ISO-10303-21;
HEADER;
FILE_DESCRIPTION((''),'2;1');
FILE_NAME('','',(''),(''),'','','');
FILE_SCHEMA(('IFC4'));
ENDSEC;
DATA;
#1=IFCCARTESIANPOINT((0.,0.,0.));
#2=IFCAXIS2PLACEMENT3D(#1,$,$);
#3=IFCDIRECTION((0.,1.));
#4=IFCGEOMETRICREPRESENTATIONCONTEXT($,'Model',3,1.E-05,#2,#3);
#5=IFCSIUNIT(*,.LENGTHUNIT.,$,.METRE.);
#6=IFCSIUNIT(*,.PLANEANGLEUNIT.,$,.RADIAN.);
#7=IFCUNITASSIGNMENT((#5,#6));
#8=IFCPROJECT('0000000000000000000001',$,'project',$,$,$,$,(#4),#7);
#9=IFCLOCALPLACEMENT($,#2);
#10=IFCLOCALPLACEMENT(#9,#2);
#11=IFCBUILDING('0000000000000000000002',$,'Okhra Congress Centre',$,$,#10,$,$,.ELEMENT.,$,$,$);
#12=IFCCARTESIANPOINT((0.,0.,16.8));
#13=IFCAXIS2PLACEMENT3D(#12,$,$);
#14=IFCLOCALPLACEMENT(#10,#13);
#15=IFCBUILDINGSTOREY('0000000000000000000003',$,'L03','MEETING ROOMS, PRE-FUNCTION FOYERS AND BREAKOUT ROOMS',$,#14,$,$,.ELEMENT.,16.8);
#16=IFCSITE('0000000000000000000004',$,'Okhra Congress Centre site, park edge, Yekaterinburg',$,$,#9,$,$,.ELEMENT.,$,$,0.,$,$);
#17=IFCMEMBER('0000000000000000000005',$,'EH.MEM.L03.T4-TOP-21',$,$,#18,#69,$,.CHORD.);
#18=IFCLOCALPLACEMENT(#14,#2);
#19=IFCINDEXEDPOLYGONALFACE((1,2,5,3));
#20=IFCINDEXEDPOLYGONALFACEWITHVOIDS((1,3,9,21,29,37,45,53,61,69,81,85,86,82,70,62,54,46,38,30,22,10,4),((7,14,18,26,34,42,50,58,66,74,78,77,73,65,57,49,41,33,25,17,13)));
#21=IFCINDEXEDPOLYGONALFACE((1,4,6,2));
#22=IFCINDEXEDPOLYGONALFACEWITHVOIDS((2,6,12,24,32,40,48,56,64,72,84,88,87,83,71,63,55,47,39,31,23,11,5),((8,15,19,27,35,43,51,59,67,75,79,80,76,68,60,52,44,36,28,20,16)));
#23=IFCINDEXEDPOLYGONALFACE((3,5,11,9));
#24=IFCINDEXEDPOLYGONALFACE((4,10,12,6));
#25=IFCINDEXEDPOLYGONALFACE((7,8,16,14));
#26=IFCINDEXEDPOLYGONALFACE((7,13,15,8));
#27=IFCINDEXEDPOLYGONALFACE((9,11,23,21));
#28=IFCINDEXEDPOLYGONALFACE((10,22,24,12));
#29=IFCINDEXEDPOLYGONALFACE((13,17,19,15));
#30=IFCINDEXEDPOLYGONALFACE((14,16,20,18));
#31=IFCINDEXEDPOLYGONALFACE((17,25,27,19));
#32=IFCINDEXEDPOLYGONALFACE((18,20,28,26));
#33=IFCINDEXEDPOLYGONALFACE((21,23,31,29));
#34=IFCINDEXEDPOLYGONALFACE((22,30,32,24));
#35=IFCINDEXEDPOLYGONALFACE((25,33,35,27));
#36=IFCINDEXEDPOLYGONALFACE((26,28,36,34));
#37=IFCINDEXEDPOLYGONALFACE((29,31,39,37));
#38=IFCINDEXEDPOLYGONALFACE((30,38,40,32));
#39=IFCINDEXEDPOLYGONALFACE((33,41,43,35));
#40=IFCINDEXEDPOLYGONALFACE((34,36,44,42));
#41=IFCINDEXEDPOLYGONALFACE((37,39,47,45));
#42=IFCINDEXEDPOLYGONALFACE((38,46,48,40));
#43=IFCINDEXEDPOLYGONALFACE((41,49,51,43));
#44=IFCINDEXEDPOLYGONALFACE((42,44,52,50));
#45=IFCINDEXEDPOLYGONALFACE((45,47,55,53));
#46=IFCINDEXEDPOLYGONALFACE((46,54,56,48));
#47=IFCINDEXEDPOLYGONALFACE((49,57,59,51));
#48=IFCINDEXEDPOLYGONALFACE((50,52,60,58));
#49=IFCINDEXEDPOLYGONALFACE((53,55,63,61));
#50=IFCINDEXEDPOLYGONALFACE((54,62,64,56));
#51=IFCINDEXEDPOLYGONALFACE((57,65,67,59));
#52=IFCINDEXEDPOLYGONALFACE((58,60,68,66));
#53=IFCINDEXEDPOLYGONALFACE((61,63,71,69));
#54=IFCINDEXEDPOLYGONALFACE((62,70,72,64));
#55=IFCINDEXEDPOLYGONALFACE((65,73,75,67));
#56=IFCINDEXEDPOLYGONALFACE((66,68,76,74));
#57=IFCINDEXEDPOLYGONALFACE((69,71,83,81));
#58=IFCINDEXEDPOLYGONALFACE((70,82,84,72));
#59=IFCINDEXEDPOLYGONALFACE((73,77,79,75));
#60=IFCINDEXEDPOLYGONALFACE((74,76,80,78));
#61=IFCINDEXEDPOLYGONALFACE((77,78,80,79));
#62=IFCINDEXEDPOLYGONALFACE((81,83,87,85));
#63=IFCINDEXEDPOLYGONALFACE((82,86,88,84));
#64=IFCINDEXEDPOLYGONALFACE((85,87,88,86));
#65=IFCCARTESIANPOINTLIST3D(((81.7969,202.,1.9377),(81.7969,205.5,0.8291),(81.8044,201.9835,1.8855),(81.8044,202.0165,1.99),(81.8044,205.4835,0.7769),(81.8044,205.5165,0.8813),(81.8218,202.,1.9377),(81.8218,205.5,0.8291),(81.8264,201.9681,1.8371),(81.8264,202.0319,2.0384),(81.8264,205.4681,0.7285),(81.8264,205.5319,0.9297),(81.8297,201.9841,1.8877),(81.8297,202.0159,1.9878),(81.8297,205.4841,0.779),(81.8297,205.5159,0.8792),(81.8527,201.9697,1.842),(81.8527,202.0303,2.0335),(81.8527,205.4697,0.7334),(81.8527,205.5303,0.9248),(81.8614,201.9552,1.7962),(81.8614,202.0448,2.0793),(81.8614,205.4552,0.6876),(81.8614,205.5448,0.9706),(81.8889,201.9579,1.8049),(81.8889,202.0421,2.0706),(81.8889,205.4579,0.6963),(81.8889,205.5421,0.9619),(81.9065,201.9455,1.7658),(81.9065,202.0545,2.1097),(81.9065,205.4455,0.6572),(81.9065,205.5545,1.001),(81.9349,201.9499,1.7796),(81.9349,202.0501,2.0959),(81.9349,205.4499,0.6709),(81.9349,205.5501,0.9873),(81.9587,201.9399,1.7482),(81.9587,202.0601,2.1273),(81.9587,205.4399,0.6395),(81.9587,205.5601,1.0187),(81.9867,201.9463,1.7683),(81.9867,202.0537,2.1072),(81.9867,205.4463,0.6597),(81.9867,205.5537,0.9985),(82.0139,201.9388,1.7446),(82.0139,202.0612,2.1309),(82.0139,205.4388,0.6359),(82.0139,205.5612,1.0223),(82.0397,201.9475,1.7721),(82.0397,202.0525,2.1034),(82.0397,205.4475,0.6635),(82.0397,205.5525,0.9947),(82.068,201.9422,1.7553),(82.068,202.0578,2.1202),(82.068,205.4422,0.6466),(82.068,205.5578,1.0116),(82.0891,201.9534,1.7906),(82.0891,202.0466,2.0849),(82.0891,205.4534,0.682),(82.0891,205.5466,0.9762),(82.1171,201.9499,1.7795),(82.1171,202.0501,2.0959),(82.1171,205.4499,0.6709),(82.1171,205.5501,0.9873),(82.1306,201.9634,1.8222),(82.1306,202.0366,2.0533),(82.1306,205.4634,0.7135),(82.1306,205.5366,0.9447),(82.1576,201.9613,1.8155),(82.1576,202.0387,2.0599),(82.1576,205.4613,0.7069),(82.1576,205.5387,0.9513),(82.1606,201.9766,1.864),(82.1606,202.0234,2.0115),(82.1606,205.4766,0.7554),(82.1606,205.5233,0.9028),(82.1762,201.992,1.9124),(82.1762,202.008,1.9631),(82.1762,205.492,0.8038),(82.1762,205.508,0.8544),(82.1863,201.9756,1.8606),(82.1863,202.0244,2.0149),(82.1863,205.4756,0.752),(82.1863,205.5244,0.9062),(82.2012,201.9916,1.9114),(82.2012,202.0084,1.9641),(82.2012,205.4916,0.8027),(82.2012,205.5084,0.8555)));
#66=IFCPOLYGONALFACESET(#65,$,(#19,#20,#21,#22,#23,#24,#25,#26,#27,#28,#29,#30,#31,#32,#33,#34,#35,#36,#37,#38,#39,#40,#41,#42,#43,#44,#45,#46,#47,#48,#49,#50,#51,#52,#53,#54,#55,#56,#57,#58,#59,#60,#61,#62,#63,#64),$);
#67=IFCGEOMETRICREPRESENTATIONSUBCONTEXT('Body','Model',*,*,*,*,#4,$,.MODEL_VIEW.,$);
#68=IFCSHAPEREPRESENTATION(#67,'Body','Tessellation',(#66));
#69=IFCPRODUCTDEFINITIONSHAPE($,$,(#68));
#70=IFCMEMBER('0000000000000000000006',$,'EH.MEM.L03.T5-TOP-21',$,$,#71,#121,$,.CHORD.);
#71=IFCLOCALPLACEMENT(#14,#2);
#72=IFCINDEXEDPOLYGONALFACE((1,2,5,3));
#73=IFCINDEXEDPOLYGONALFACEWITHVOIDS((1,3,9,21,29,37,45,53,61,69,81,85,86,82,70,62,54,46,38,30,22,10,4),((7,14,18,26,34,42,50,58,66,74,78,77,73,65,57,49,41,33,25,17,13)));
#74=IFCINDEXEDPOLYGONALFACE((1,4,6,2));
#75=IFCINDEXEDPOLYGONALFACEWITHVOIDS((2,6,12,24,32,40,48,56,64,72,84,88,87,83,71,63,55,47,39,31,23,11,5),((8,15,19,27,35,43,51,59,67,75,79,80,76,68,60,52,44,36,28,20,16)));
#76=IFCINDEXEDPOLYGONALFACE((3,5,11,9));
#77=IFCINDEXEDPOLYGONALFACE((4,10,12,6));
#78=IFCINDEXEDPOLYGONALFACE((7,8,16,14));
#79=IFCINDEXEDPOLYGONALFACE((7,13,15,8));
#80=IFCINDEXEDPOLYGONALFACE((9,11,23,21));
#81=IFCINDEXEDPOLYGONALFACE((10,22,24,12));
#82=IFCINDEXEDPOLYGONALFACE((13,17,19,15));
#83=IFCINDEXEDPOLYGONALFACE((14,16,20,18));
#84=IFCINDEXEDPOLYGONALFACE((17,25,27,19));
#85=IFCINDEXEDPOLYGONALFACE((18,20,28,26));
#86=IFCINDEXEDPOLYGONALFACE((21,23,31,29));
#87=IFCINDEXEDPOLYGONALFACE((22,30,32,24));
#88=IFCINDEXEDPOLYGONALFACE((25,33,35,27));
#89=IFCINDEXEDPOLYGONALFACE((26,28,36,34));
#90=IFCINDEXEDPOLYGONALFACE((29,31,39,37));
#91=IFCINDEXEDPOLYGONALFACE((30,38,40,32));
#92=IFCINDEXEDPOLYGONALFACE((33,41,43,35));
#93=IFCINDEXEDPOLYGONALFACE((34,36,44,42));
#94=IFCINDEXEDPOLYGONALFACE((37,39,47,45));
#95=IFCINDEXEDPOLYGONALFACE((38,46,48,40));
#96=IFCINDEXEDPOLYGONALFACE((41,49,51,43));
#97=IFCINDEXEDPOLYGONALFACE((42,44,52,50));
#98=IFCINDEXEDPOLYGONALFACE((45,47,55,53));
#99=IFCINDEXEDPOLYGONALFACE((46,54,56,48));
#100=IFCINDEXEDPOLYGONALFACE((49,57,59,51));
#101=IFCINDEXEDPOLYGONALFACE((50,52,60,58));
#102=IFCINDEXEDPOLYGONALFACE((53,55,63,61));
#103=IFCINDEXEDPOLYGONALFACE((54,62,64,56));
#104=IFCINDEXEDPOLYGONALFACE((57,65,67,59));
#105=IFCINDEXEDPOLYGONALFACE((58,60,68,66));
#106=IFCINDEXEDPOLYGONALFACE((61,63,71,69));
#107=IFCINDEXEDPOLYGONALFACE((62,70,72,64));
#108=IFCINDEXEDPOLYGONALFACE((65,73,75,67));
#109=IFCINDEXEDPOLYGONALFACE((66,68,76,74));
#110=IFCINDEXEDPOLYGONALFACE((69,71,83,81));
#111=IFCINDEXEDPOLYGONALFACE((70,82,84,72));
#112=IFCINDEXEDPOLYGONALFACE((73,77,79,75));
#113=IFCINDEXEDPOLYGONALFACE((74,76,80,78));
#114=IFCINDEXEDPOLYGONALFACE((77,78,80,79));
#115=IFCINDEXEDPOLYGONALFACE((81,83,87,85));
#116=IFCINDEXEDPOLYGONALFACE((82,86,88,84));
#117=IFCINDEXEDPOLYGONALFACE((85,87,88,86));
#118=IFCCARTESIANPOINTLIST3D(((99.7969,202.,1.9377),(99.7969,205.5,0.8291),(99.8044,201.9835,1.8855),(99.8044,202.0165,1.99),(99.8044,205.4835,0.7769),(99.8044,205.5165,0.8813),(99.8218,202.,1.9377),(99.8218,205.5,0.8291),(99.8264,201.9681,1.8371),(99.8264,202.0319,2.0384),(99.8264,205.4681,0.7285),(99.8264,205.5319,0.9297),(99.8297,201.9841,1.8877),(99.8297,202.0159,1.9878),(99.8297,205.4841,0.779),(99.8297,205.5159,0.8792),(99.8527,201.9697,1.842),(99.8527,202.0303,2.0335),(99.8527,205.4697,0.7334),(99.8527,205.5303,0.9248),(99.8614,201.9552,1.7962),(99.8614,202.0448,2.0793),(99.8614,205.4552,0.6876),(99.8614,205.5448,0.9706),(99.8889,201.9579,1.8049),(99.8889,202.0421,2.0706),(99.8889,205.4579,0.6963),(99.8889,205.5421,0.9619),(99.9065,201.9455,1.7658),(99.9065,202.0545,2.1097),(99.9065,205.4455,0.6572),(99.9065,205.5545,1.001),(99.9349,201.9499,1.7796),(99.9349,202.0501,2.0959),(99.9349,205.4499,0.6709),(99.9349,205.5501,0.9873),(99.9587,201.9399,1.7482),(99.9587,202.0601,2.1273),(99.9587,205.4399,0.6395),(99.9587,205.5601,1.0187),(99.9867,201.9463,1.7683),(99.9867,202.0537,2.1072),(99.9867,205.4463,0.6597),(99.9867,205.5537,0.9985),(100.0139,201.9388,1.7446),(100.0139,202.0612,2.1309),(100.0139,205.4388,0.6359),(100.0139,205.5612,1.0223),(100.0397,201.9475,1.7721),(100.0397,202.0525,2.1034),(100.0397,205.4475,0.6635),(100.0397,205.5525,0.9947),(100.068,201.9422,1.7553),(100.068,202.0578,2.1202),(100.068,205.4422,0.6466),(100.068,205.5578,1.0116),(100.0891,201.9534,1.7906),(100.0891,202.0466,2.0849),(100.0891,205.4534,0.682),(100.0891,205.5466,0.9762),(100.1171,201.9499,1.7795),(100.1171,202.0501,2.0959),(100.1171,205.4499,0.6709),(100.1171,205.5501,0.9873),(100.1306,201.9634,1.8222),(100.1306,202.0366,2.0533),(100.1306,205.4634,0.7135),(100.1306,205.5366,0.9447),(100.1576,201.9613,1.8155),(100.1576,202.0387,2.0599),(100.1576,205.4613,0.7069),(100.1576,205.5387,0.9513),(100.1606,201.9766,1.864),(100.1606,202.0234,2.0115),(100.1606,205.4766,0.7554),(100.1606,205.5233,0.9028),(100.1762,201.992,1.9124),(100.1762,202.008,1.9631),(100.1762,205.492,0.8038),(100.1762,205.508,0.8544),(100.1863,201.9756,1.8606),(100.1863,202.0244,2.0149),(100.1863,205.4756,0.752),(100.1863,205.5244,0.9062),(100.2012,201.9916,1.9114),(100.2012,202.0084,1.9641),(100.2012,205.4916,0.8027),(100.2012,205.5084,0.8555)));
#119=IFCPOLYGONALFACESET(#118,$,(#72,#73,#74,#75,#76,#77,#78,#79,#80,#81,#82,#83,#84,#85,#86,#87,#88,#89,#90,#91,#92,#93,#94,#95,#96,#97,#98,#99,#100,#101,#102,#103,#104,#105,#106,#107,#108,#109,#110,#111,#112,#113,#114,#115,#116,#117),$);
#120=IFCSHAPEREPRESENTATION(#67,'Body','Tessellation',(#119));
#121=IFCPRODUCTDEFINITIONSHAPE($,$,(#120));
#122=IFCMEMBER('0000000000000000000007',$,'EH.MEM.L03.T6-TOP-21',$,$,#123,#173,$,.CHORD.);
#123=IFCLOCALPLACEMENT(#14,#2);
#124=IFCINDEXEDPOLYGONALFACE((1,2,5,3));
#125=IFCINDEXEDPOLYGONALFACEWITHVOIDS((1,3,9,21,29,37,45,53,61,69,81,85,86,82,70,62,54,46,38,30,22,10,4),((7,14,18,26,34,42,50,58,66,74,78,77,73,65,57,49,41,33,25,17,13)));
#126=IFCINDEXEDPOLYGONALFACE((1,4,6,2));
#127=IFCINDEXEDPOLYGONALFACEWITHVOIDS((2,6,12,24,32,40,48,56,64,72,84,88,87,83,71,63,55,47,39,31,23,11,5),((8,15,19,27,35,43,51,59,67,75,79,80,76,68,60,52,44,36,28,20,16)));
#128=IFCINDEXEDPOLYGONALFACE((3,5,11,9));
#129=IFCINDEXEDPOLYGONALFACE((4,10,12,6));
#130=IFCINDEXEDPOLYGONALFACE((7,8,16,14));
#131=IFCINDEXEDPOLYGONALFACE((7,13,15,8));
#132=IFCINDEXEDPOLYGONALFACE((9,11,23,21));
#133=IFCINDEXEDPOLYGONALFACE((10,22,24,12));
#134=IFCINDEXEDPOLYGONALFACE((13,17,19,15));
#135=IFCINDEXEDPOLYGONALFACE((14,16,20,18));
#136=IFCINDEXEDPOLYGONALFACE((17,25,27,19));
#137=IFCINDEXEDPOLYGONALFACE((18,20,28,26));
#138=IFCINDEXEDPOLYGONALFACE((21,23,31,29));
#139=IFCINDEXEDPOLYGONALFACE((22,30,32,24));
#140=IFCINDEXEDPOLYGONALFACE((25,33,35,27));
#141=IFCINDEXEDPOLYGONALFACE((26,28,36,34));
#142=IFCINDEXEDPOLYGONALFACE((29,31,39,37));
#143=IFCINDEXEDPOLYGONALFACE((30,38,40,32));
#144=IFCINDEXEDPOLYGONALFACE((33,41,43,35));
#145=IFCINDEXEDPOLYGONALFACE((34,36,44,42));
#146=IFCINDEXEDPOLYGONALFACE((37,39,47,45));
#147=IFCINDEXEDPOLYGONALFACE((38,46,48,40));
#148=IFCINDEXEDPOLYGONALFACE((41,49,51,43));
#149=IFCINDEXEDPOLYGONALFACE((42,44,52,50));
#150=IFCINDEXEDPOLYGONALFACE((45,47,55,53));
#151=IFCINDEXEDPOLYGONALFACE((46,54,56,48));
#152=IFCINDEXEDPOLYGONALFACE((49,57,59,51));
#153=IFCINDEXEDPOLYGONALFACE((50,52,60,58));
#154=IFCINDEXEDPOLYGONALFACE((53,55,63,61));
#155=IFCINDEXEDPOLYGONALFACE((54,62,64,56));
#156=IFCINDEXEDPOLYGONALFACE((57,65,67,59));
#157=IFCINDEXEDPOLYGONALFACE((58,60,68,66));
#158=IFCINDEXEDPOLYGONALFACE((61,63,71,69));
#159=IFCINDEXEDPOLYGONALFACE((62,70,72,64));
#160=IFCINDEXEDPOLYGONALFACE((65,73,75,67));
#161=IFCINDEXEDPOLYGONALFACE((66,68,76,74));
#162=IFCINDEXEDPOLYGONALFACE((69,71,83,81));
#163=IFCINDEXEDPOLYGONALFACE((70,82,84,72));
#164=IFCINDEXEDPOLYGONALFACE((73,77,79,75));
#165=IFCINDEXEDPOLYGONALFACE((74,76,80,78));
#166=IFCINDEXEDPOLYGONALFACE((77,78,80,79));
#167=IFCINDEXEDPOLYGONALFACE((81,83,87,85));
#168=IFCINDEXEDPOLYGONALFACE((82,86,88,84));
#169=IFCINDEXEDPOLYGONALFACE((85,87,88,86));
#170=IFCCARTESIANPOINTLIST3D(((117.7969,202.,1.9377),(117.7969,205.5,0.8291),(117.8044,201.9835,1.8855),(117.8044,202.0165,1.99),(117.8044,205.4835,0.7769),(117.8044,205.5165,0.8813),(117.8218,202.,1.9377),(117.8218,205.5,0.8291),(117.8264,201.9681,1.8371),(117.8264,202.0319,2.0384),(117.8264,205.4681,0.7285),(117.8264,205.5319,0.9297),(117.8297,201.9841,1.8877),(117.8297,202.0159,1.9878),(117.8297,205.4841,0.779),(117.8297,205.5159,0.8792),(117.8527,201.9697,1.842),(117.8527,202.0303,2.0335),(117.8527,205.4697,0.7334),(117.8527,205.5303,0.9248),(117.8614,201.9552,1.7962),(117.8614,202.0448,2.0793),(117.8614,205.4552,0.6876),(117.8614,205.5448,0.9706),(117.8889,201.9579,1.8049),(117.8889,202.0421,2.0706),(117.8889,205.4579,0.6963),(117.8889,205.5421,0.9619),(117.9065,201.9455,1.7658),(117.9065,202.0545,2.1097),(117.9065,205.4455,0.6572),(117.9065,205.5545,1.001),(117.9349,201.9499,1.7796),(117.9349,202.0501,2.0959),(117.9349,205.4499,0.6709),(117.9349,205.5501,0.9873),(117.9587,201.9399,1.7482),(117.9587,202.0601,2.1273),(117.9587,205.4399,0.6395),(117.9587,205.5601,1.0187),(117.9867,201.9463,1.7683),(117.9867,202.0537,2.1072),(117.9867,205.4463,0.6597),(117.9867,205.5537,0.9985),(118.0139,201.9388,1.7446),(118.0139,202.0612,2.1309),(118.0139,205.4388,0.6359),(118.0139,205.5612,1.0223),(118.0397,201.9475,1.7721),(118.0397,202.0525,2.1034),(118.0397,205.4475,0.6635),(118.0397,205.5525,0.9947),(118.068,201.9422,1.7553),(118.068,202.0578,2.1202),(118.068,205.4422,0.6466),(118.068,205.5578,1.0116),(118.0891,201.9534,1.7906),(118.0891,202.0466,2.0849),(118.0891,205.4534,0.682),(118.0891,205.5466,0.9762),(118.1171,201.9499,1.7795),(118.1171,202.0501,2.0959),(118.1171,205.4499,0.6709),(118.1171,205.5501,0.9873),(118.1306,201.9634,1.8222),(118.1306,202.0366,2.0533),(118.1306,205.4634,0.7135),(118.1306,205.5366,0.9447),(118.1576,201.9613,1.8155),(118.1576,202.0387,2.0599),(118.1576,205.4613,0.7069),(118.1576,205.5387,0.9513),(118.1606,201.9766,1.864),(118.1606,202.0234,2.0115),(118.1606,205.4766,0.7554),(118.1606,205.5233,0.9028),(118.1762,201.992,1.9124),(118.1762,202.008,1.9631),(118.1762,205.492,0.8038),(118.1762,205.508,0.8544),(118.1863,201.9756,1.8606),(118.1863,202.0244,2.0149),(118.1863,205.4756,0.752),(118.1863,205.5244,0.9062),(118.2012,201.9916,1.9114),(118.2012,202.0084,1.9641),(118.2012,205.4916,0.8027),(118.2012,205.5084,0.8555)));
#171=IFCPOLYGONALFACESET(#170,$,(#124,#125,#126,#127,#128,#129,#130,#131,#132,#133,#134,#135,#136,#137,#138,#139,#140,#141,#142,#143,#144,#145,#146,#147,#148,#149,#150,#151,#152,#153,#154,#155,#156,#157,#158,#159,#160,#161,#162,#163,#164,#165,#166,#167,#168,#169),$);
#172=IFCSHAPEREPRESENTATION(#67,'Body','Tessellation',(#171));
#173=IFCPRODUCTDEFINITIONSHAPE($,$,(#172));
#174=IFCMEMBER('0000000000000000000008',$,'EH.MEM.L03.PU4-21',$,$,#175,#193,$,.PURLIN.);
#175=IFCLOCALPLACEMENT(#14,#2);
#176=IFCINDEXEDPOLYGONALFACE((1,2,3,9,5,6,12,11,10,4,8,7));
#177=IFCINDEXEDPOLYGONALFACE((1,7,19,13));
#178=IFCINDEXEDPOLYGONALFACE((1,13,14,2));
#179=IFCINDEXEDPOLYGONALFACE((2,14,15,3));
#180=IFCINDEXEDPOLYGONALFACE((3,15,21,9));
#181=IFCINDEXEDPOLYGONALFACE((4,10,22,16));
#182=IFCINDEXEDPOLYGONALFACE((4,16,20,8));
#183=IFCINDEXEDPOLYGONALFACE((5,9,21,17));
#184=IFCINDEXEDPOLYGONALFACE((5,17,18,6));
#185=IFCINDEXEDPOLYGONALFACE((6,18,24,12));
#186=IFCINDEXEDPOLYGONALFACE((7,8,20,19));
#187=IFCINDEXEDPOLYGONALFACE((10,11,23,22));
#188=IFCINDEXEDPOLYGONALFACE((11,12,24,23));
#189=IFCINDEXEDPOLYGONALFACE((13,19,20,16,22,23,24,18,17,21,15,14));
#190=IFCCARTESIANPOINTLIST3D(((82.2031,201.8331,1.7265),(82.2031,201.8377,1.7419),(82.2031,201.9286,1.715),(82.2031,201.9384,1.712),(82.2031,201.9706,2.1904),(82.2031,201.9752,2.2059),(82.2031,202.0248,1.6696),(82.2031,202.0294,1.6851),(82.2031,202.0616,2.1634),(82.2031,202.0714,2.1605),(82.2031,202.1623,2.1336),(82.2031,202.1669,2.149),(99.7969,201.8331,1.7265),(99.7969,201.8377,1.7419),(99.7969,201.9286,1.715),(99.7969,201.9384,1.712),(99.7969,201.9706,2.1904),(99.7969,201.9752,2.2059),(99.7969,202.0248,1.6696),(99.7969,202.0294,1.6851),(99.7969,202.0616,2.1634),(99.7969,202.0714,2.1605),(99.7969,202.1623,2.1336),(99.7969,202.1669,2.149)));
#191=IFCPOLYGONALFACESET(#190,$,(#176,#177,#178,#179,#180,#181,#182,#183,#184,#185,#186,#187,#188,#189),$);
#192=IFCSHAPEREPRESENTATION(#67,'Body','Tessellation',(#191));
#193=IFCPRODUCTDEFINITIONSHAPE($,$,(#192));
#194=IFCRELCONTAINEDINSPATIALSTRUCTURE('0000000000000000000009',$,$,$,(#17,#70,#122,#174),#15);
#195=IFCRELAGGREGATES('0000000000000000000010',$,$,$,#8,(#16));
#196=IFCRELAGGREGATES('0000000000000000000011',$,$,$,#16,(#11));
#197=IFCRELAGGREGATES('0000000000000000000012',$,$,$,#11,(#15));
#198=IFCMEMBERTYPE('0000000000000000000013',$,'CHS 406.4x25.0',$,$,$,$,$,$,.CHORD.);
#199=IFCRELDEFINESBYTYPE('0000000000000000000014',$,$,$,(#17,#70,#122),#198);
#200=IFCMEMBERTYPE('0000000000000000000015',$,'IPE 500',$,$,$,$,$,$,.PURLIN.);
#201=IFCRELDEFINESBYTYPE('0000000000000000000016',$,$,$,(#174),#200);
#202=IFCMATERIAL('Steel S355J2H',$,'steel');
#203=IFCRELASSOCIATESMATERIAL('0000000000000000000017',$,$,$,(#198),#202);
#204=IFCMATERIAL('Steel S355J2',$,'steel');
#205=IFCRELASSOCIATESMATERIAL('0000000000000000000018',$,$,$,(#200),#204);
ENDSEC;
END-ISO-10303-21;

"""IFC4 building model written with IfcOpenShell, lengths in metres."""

from ifc_helpers import new_model, si_unit, direction, frame, origin, origin_2d, place, context, subcontext, project, spatial, hollow_circle, i_section, extrude, material, material_profile, profile_set, type_object, element, save


model = new_model("IFC4")

# Units and contexts
model_context = context("Model", 3, precision=1e-05, world=origin(), true_north=direction((0.0, 1.0)))
body_context = subcontext(model_context, "Body", "Model", "MODEL_VIEW")
ifc_project = project(units=[si_unit("LENGTHUNIT", "METRE"), si_unit("PLANEANGLEUNIT", "RADIAN")], contexts=[model_context])

# Site, building, storey
site_placement = place(None, origin())
site = spatial("IfcSite", under=ifc_project, at=site_placement, Name="Okhra Congress Centre site, park edge, Yekaterinburg", CompositionType="ELEMENT", RefElevation=0.0)
building_placement = place(site_placement, origin())
building = spatial("IfcBuilding", under=site, at=building_placement, Name="Okhra Congress Centre", CompositionType="ELEMENT")
storey_placement = place(building_placement, frame((0.0, 0.0, 16.8)))
storey = spatial("IfcBuildingStorey", under=building, at=storey_placement, Name="L03", Description="MEETING ROOMS, PRE-FUNCTION FOYERS AND BREAKOUT ROOMS", CompositionType="ELEMENT", Elevation=16.8)

# Members
ifc_material_1 = material(Name="Steel S355J2H", Category="steel")
ifc_material_profile_1 = material_profile(ifc_material_1, hollow_circle(Radius=0.2031, WallThickness=0.0249, at=origin_2d()), Name="CHS 406.4x25.0")
ifc_profile_set_1 = profile_set([ifc_material_profile_1], Name="Steel S355J2H")
member_type_1 = type_object("IfcMemberType", Name="CHS 406.4x25.0", PredefinedType="CHORD", material=ifc_profile_set_1)
for number, where, z_axis, x_axis, name in (
    (1, (82.0, 202.0, 1.9377), (0.0, 0.953318, -0.301968), (-1.0, 0.0, 0.0), "EH.MEM.L03.T4-TOP-21"),
    (2, (100.0, 202.0, 1.9377), (0.0, 0.953318, -0.301968), (-1.0, 0.0, 0.0), "EH.MEM.L03.T5-TOP-21"),
    (3, (118.0, 202.0, 1.9377), (0.0, 0.953318, -0.301968), (-1.0, 0.0, 0.0), "EH.MEM.L03.T6-TOP-21"),
):
    element("IfcMember", number, at=place(storey_placement, frame(where, z_axis=z_axis, x_axis=x_axis)), inside=storey, type_object=member_type_1, Name=name, PredefinedType="CHORD", context=body_context, shape_type="SweptSolid", body=[
        extrude(hollow_circle(Radius=0.2031, WallThickness=0.0249, at=origin_2d()), origin(), (0.0, 0.0, 1.0), 3.6714),
    ])
ifc_material_2 = material(Name="Steel S355J2", Category="steel")
ifc_material_profile_2 = material_profile(ifc_material_2, i_section(OverallWidth=0.2, OverallDepth=0.5, WebThickness=0.0103, FlangeThickness=0.0161, at=origin_2d()), Name="IPE 500")
ifc_profile_set_2 = profile_set([ifc_material_profile_2], Name="Steel S355J2")
member_type_2 = type_object("IfcMemberType", Name="IPE 500", PredefinedType="PURLIN", material=ifc_profile_set_2)
for number, where, z_axis, x_axis, name in (
    (4, (82.2031, 202.0, 1.9377), (1.0, 0.0, 0.0), (0.0, 0.958743, -0.284276), "EH.MEM.L03.PU4-21"),
):
    element("IfcMember", number, at=place(storey_placement, frame(where, z_axis=z_axis, x_axis=x_axis)), inside=storey, type_object=member_type_2, Name=name, PredefinedType="PURLIN", context=body_context, shape_type="SweptSolid", body=[
        extrude(i_section(OverallWidth=0.2, OverallDepth=0.5, WebThickness=0.0103, FlangeThickness=0.0161, at=origin_2d()), origin(), (0.0, 0.0, 1.0), 17.5938),
    ])

save(model, "model.ifc")
